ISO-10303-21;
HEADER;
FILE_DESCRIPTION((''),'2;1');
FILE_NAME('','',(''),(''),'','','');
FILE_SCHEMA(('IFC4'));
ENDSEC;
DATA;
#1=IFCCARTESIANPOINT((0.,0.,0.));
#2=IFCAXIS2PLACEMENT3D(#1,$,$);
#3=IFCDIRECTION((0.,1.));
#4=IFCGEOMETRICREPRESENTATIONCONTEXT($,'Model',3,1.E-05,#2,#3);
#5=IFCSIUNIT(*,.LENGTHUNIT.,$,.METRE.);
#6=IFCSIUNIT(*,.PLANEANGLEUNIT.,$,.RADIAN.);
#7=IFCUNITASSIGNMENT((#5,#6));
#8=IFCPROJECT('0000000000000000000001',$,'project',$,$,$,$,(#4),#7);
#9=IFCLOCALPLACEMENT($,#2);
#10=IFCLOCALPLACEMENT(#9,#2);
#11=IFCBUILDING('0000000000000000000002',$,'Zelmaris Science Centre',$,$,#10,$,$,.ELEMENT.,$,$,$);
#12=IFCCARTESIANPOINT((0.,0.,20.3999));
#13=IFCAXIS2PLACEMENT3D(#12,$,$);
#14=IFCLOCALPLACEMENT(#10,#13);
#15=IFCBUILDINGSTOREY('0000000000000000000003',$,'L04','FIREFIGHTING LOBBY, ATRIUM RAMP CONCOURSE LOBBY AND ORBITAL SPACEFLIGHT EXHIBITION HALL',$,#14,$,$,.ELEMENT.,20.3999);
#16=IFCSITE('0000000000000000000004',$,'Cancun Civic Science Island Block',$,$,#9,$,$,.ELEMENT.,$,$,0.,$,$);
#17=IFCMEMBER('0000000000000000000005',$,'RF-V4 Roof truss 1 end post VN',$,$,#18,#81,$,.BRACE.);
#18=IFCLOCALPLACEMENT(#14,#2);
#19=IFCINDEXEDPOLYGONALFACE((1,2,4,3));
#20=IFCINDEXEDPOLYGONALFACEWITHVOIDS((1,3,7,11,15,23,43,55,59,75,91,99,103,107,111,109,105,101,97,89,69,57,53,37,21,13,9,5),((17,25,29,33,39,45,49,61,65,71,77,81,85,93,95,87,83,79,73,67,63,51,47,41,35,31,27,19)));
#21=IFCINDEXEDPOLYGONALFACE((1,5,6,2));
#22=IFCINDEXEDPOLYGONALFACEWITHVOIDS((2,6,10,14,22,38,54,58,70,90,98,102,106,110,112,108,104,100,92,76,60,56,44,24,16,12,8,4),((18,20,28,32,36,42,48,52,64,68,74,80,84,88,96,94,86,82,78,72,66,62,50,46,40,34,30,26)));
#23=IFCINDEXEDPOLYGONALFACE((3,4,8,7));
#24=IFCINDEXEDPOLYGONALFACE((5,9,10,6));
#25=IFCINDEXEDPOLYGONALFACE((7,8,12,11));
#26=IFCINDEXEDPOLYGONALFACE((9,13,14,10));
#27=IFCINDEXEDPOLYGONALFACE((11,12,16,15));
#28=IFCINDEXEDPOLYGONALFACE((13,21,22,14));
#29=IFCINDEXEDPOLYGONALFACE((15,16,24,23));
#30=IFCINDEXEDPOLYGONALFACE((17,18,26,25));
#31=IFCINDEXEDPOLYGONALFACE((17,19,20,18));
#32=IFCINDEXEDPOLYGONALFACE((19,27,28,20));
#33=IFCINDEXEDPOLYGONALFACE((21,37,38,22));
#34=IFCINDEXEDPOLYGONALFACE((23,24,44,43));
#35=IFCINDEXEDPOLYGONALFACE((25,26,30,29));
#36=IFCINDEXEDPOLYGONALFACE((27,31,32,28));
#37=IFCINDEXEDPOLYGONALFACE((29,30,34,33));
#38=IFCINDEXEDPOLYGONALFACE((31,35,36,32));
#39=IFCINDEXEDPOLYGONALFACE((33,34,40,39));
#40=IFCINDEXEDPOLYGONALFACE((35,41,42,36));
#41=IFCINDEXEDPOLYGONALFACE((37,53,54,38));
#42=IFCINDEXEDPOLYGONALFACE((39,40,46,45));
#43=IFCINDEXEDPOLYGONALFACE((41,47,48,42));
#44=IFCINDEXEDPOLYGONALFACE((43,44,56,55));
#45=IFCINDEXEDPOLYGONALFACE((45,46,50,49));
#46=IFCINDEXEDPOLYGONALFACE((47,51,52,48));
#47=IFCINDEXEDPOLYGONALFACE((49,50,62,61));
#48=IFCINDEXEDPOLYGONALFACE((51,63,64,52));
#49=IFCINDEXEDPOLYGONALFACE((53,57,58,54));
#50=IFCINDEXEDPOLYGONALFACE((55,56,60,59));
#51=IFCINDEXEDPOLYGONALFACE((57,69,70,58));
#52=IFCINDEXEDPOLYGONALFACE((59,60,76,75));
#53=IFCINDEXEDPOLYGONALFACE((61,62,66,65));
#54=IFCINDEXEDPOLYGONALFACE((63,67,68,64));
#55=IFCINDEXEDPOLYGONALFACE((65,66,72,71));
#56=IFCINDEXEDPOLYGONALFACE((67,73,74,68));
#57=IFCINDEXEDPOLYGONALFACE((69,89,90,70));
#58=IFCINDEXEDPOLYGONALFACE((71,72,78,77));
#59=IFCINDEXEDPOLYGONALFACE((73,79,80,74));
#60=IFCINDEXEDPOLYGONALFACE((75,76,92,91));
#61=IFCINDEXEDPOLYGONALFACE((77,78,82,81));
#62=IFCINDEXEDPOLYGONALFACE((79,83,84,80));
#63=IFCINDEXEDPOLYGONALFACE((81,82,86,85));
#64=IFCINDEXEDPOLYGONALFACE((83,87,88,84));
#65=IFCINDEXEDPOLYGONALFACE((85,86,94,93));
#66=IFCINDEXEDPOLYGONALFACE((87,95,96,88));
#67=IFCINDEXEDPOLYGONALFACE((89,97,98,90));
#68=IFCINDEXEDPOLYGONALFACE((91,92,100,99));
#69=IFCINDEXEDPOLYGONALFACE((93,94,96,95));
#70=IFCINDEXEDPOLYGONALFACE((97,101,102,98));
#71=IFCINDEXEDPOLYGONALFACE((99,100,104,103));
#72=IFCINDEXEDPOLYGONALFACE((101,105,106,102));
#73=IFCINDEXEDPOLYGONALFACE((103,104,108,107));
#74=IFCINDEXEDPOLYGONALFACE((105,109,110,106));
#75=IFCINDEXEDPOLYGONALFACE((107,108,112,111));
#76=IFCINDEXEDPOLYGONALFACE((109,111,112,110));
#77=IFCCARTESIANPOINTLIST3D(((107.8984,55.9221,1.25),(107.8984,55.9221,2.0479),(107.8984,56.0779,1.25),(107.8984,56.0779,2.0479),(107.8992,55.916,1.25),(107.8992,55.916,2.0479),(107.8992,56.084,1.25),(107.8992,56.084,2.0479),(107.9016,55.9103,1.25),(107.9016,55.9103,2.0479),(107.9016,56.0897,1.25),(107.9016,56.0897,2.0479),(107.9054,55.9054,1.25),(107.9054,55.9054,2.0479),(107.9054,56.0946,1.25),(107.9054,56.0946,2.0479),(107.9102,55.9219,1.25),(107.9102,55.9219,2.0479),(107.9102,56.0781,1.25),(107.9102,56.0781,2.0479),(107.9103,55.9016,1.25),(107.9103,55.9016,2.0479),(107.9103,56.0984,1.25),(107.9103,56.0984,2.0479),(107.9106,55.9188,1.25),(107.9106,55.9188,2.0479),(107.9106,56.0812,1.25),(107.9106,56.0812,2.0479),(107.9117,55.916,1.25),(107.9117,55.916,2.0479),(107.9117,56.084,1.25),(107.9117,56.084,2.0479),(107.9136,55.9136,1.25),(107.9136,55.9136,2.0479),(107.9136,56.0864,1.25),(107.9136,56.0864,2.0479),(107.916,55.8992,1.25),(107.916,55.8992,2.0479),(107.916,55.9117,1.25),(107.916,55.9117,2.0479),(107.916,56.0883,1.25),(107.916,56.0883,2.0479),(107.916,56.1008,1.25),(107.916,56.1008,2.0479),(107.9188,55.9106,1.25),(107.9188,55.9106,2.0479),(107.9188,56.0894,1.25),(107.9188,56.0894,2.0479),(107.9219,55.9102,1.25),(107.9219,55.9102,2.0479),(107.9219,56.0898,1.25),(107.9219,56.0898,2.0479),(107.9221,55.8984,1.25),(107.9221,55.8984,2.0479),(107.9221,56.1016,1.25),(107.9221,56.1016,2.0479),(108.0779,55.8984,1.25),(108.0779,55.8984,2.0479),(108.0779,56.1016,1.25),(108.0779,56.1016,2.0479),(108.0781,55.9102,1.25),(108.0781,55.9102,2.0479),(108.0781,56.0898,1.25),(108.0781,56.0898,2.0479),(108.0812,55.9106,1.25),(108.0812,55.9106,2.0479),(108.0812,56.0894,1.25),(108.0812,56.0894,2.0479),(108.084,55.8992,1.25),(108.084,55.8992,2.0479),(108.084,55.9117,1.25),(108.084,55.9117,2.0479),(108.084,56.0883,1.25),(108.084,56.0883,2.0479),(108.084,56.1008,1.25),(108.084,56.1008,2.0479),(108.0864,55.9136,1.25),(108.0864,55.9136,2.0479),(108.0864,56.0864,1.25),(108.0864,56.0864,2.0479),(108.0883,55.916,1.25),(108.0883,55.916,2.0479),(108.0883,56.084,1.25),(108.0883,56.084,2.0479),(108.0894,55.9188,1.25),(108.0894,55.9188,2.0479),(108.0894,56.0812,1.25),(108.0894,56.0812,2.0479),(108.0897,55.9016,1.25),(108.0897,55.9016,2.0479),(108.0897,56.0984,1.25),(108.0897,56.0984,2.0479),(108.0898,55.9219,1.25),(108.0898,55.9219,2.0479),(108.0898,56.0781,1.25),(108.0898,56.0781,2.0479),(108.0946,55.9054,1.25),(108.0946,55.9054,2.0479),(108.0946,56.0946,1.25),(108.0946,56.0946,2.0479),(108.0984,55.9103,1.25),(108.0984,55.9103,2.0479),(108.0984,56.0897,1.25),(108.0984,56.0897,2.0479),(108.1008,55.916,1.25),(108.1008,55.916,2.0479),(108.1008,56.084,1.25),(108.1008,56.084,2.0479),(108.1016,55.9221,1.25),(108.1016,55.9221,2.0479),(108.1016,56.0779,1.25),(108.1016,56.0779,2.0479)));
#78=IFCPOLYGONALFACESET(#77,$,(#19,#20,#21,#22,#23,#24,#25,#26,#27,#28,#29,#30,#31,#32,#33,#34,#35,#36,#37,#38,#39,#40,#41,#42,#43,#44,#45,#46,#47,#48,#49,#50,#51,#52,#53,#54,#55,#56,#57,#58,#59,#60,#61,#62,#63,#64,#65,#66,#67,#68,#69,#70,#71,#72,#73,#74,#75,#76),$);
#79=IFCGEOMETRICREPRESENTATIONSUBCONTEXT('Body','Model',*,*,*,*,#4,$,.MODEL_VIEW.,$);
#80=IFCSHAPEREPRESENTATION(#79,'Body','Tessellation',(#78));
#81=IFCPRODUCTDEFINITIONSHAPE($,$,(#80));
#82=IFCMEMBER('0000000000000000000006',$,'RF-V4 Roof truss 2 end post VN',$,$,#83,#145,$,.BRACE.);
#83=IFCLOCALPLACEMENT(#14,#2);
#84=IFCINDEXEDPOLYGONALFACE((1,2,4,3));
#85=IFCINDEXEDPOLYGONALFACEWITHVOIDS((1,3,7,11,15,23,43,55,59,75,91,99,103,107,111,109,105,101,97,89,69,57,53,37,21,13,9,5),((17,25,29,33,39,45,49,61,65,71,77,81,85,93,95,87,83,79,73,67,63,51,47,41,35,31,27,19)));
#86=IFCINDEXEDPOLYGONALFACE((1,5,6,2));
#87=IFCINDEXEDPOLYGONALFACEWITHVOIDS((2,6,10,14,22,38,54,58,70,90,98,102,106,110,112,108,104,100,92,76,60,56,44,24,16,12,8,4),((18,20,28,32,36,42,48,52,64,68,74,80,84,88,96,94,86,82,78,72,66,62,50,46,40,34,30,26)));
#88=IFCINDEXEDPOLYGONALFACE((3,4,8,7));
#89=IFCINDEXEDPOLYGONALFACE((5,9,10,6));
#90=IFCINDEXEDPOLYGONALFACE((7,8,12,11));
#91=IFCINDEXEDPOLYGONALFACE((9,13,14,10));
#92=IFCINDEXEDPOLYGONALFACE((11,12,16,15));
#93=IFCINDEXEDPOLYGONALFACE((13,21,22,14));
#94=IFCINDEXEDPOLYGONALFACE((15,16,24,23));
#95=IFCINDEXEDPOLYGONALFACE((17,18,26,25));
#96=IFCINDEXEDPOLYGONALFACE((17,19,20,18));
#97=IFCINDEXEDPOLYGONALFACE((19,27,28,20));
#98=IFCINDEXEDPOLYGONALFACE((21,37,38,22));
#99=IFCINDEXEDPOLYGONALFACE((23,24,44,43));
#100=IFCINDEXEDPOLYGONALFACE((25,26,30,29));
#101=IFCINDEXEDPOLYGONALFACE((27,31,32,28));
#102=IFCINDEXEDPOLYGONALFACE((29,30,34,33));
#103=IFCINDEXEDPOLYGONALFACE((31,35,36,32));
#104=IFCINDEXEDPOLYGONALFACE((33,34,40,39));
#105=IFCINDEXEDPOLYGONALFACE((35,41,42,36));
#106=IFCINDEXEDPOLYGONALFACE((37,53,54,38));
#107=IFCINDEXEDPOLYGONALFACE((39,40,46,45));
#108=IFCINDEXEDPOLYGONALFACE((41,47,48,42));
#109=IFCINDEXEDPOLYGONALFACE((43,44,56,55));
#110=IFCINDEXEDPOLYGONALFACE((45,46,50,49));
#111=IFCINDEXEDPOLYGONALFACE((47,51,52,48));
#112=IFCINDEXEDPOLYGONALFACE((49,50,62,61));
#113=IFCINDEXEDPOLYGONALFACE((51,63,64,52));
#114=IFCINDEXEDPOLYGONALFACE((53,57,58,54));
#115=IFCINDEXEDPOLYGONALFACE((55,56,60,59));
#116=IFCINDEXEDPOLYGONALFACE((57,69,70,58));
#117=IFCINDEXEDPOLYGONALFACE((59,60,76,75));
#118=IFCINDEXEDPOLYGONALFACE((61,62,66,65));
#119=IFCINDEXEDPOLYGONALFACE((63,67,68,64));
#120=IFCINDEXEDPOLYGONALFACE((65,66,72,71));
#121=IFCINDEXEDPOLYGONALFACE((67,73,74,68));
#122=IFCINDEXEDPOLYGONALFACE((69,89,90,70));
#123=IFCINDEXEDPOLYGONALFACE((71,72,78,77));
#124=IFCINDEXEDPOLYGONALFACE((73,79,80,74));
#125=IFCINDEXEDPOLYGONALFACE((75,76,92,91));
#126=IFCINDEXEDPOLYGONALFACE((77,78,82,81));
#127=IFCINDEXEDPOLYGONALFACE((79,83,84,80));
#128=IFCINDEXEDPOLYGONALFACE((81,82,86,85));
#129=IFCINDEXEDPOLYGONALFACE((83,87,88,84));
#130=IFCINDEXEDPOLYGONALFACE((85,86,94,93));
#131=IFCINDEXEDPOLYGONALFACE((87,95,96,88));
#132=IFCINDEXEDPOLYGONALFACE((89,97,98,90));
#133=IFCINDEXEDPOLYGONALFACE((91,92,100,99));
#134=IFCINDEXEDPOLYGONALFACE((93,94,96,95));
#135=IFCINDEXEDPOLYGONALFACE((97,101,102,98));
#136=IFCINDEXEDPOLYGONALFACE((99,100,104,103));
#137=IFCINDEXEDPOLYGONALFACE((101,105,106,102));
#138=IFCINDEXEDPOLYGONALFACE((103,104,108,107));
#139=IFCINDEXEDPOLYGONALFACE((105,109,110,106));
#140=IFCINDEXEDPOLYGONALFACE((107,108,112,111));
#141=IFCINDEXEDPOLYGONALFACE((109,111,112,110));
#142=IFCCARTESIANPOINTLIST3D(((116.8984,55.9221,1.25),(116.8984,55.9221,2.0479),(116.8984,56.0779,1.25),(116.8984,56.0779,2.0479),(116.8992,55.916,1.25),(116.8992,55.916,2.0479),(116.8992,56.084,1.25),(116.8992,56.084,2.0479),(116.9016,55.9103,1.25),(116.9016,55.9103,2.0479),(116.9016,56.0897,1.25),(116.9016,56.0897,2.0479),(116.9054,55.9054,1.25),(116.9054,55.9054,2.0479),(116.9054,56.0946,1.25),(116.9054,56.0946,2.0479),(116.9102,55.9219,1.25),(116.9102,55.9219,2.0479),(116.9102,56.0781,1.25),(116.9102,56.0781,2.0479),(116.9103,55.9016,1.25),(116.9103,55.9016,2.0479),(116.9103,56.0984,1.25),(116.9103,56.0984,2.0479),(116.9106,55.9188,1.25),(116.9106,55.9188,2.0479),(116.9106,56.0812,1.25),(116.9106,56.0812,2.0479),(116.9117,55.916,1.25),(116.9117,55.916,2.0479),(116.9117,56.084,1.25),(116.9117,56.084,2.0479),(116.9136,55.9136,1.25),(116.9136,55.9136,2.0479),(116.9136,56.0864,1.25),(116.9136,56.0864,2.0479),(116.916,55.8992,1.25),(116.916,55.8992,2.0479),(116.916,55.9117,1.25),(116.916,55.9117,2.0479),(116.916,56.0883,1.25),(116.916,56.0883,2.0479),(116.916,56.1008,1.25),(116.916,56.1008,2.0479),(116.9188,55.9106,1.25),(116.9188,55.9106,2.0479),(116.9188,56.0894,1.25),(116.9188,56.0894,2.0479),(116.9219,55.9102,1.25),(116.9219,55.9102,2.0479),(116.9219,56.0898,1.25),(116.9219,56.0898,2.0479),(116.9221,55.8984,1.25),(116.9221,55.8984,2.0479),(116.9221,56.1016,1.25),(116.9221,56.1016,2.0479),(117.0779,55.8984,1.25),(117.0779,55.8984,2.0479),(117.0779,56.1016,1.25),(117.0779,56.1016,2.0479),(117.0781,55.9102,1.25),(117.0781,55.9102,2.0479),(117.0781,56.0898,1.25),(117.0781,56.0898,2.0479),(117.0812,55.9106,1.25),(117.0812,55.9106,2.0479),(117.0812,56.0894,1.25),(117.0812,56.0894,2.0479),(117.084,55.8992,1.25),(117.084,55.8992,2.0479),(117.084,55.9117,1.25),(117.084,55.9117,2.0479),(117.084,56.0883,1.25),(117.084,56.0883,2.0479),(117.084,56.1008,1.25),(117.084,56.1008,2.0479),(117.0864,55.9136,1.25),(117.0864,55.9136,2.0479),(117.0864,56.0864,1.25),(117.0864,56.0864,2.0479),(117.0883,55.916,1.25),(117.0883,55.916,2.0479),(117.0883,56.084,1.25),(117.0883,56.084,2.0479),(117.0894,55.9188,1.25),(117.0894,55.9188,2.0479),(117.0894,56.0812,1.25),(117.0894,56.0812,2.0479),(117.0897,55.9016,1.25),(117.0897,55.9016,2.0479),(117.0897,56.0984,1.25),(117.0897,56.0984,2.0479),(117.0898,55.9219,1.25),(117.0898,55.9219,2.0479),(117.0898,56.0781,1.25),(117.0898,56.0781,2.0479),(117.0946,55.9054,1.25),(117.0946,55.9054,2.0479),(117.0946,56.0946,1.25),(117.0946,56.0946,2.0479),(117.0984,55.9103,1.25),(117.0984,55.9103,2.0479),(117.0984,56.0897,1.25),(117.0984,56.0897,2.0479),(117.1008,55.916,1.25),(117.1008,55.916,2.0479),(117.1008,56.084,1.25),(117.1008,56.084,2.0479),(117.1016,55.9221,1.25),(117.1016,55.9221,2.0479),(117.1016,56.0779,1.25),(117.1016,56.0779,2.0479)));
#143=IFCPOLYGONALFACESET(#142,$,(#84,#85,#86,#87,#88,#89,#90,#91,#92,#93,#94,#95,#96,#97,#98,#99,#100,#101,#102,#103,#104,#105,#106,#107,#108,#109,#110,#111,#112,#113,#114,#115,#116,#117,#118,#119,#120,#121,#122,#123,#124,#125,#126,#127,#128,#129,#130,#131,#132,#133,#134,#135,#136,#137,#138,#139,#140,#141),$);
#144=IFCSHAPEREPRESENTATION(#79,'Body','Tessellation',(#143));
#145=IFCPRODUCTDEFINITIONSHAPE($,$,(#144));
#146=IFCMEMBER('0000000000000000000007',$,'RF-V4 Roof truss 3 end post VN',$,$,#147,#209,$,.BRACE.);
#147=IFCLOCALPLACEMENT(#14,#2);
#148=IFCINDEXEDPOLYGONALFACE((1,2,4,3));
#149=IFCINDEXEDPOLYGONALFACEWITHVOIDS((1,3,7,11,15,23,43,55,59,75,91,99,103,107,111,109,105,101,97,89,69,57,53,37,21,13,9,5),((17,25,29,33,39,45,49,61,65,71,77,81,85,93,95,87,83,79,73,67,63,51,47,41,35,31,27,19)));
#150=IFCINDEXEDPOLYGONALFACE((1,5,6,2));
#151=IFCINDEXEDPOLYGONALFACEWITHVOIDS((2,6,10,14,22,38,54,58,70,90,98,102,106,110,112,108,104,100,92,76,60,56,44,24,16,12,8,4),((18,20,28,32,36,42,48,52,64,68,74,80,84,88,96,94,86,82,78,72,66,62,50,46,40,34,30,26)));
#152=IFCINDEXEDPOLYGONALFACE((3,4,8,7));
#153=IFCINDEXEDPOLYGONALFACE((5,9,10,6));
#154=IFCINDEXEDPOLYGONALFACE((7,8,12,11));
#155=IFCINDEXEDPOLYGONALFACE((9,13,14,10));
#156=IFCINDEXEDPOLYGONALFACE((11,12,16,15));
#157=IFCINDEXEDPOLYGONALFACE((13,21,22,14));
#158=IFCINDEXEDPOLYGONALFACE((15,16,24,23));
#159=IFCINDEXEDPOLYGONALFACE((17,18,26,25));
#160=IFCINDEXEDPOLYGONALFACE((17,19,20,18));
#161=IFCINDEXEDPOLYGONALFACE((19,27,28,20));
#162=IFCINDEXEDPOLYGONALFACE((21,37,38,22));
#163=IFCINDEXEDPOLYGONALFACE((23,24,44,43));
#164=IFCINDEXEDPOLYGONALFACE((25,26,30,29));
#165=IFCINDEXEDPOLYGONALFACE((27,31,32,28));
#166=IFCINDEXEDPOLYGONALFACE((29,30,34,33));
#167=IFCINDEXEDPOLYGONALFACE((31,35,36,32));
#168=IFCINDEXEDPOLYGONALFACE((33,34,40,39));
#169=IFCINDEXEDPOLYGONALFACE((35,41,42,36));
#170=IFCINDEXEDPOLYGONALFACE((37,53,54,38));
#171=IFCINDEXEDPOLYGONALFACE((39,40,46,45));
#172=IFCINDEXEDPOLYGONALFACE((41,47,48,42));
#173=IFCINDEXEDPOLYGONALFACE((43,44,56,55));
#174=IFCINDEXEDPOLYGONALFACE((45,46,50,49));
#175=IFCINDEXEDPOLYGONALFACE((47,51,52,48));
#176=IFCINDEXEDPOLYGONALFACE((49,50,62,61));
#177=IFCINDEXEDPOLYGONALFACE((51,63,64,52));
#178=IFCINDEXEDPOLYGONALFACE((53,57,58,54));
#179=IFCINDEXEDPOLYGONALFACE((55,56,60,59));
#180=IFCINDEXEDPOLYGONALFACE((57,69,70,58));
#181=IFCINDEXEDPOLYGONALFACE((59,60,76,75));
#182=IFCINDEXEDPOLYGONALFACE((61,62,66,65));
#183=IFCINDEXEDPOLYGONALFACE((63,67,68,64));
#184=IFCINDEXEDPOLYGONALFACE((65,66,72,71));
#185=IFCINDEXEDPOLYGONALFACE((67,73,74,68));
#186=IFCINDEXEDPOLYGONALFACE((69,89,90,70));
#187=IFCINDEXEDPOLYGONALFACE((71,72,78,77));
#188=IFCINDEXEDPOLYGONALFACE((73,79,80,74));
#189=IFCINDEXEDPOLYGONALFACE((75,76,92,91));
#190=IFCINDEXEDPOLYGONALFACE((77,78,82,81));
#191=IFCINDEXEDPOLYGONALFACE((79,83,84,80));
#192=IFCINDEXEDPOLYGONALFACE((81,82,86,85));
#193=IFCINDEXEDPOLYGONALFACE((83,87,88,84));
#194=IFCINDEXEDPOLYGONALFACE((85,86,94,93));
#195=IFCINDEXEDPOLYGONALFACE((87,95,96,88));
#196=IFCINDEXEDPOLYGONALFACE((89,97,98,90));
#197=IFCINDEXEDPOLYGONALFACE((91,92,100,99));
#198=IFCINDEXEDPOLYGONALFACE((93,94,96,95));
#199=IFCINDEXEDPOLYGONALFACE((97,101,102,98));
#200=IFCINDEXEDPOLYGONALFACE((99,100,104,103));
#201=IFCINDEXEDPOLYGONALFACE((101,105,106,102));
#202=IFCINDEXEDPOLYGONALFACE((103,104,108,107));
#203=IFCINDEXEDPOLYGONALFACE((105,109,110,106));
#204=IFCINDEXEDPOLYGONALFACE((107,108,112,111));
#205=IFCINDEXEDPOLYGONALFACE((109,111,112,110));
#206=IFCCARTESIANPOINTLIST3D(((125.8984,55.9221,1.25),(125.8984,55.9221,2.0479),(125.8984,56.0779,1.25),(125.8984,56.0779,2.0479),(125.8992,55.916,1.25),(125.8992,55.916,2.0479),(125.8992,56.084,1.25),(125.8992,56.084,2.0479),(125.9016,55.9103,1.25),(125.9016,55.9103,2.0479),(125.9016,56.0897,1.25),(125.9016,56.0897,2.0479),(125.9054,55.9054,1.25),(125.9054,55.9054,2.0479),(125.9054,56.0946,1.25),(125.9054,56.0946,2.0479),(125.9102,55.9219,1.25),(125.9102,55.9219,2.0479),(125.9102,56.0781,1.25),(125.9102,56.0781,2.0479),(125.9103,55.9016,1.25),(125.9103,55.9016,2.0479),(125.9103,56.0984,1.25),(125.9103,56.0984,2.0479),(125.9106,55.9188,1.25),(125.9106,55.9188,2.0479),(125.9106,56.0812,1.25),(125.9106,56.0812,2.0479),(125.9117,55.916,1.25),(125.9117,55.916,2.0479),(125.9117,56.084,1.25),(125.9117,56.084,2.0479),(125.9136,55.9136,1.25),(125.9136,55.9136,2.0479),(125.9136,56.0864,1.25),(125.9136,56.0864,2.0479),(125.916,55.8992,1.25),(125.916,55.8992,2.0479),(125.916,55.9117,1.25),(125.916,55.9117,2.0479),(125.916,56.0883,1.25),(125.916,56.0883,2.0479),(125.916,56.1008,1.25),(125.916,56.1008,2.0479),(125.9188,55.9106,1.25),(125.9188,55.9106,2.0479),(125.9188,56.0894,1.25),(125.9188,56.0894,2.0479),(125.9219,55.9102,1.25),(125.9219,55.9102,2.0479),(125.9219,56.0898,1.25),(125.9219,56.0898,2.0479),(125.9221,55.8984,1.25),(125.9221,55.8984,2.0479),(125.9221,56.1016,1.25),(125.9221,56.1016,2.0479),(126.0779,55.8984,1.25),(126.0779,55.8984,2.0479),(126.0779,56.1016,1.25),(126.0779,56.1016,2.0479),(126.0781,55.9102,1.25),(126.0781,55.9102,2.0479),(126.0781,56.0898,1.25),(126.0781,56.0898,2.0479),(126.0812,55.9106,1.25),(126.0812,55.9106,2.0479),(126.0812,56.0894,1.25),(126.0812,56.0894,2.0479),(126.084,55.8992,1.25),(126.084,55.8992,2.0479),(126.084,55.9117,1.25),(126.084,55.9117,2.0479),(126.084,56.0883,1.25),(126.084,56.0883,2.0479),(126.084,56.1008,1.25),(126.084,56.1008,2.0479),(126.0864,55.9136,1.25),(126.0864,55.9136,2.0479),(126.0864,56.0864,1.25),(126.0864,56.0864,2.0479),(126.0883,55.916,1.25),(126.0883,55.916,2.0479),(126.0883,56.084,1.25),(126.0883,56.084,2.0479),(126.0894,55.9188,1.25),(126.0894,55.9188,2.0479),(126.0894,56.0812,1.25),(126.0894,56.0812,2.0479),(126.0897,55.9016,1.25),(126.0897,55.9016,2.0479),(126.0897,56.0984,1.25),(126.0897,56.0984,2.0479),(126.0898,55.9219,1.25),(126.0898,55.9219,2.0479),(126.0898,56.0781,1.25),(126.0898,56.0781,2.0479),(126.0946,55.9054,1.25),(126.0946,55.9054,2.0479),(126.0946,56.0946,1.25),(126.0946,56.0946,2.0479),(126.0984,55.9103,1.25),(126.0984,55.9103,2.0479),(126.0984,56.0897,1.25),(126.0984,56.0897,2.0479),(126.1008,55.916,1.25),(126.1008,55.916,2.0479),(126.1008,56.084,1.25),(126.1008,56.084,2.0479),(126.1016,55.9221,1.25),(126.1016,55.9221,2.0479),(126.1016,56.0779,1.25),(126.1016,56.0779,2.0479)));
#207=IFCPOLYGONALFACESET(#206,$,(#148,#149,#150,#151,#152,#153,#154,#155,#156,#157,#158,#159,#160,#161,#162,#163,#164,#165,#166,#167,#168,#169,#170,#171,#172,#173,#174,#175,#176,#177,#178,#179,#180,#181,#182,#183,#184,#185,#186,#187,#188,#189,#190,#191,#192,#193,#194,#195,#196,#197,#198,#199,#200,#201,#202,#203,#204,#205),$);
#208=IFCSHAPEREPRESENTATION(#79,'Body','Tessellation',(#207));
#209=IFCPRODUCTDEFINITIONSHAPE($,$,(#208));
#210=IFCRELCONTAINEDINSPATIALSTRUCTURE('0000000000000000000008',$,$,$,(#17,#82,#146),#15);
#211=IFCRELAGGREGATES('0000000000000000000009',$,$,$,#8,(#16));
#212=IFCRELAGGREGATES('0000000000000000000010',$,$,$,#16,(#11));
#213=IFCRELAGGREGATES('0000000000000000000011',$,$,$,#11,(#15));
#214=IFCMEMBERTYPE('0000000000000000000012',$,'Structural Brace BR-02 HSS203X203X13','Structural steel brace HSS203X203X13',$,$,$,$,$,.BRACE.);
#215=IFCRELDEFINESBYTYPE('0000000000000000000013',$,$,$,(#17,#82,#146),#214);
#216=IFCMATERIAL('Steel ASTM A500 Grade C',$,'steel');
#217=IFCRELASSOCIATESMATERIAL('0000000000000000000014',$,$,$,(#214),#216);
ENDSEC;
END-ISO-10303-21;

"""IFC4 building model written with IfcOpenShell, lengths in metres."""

from ifc_helpers import new_model, si_unit, direction, frame, origin, origin_2d, place, context, subcontext, project, spatial, hollow_rectangle, extrude, material, material_profile, profile_set, type_object, element, save


model = new_model("IFC4")

# Units and contexts
model_context = context("Model", 3, precision=1e-05, world=origin(), true_north=direction((0.0, 1.0)))
body_context = subcontext(model_context, "Body", "Model", "MODEL_VIEW")
ifc_project = project(units=[si_unit("LENGTHUNIT", "METRE"), si_unit("PLANEANGLEUNIT", "RADIAN")], contexts=[model_context])

# Site, building, storey
site_placement = place(None, origin())
site = spatial("IfcSite", under=ifc_project, at=site_placement, Name="Cancun Civic Science Island Block", CompositionType="ELEMENT", RefElevation=0.0)
building_placement = place(site_placement, origin())
building = spatial("IfcBuilding", under=site, at=building_placement, Name="Zelmaris Science Centre", CompositionType="ELEMENT")
storey_placement = place(building_placement, frame((0.0, 0.0, 20.3999)))
storey = spatial("IfcBuildingStorey", under=building, at=storey_placement, Name="L04", Description="FIREFIGHTING LOBBY, ATRIUM RAMP CONCOURSE LOBBY AND ORBITAL SPACEFLIGHT EXHIBITION HALL", CompositionType="ELEMENT", Elevation=20.3999)

# Members
ifc_material_1 = material(Name="Steel ASTM A500 Grade C", Category="steel")
ifc_material_profile_1 = material_profile(ifc_material_1, hollow_rectangle(XDim=0.2031, YDim=0.2031, WallThickness=0.0117, InnerFilletRadius=0.0117, OuterFilletRadius=0.0237, at=origin_2d()), Name="HSS203X203X13")
ifc_profile_set_1 = profile_set([ifc_material_profile_1], Name="Steel ASTM A500 Grade C")
member_type_1 = type_object("IfcMemberType", Name="Structural Brace BR-02 HSS203X203X13", Description="Structural steel brace HSS203X203X13", PredefinedType="BRACE", material=ifc_profile_set_1)
for number, where, z_axis, x_axis, name in (
    (1, (108.0, 56.0, 1.25), (0.0, 0.0, 1.0), (1.0, 0.0, 0.0), "RF-V4 Roof truss 1 end post VN"),
    (2, (117.0, 56.0, 1.25), (0.0, 0.0, 1.0), (1.0, 0.0, 0.0), "RF-V4 Roof truss 2 end post VN"),
    (3, (126.0, 56.0, 1.25), (0.0, 0.0, 1.0), (1.0, 0.0, 0.0), "RF-V4 Roof truss 3 end post VN"),
):
    element("IfcMember", number, at=place(storey_placement, frame(where, z_axis=z_axis, x_axis=x_axis)), inside=storey, type_object=member_type_1, Name=name, PredefinedType="BRACE", context=body_context, shape_type="SweptSolid", body=[
        extrude(hollow_rectangle(XDim=0.2031, YDim=0.2031, WallThickness=0.0117, InnerFilletRadius=0.0117, OuterFilletRadius=0.0237, at=origin_2d()), origin(), (0.0, 0.0, 1.0), 0.7979),
    ])

save(model, "model.ifc")
